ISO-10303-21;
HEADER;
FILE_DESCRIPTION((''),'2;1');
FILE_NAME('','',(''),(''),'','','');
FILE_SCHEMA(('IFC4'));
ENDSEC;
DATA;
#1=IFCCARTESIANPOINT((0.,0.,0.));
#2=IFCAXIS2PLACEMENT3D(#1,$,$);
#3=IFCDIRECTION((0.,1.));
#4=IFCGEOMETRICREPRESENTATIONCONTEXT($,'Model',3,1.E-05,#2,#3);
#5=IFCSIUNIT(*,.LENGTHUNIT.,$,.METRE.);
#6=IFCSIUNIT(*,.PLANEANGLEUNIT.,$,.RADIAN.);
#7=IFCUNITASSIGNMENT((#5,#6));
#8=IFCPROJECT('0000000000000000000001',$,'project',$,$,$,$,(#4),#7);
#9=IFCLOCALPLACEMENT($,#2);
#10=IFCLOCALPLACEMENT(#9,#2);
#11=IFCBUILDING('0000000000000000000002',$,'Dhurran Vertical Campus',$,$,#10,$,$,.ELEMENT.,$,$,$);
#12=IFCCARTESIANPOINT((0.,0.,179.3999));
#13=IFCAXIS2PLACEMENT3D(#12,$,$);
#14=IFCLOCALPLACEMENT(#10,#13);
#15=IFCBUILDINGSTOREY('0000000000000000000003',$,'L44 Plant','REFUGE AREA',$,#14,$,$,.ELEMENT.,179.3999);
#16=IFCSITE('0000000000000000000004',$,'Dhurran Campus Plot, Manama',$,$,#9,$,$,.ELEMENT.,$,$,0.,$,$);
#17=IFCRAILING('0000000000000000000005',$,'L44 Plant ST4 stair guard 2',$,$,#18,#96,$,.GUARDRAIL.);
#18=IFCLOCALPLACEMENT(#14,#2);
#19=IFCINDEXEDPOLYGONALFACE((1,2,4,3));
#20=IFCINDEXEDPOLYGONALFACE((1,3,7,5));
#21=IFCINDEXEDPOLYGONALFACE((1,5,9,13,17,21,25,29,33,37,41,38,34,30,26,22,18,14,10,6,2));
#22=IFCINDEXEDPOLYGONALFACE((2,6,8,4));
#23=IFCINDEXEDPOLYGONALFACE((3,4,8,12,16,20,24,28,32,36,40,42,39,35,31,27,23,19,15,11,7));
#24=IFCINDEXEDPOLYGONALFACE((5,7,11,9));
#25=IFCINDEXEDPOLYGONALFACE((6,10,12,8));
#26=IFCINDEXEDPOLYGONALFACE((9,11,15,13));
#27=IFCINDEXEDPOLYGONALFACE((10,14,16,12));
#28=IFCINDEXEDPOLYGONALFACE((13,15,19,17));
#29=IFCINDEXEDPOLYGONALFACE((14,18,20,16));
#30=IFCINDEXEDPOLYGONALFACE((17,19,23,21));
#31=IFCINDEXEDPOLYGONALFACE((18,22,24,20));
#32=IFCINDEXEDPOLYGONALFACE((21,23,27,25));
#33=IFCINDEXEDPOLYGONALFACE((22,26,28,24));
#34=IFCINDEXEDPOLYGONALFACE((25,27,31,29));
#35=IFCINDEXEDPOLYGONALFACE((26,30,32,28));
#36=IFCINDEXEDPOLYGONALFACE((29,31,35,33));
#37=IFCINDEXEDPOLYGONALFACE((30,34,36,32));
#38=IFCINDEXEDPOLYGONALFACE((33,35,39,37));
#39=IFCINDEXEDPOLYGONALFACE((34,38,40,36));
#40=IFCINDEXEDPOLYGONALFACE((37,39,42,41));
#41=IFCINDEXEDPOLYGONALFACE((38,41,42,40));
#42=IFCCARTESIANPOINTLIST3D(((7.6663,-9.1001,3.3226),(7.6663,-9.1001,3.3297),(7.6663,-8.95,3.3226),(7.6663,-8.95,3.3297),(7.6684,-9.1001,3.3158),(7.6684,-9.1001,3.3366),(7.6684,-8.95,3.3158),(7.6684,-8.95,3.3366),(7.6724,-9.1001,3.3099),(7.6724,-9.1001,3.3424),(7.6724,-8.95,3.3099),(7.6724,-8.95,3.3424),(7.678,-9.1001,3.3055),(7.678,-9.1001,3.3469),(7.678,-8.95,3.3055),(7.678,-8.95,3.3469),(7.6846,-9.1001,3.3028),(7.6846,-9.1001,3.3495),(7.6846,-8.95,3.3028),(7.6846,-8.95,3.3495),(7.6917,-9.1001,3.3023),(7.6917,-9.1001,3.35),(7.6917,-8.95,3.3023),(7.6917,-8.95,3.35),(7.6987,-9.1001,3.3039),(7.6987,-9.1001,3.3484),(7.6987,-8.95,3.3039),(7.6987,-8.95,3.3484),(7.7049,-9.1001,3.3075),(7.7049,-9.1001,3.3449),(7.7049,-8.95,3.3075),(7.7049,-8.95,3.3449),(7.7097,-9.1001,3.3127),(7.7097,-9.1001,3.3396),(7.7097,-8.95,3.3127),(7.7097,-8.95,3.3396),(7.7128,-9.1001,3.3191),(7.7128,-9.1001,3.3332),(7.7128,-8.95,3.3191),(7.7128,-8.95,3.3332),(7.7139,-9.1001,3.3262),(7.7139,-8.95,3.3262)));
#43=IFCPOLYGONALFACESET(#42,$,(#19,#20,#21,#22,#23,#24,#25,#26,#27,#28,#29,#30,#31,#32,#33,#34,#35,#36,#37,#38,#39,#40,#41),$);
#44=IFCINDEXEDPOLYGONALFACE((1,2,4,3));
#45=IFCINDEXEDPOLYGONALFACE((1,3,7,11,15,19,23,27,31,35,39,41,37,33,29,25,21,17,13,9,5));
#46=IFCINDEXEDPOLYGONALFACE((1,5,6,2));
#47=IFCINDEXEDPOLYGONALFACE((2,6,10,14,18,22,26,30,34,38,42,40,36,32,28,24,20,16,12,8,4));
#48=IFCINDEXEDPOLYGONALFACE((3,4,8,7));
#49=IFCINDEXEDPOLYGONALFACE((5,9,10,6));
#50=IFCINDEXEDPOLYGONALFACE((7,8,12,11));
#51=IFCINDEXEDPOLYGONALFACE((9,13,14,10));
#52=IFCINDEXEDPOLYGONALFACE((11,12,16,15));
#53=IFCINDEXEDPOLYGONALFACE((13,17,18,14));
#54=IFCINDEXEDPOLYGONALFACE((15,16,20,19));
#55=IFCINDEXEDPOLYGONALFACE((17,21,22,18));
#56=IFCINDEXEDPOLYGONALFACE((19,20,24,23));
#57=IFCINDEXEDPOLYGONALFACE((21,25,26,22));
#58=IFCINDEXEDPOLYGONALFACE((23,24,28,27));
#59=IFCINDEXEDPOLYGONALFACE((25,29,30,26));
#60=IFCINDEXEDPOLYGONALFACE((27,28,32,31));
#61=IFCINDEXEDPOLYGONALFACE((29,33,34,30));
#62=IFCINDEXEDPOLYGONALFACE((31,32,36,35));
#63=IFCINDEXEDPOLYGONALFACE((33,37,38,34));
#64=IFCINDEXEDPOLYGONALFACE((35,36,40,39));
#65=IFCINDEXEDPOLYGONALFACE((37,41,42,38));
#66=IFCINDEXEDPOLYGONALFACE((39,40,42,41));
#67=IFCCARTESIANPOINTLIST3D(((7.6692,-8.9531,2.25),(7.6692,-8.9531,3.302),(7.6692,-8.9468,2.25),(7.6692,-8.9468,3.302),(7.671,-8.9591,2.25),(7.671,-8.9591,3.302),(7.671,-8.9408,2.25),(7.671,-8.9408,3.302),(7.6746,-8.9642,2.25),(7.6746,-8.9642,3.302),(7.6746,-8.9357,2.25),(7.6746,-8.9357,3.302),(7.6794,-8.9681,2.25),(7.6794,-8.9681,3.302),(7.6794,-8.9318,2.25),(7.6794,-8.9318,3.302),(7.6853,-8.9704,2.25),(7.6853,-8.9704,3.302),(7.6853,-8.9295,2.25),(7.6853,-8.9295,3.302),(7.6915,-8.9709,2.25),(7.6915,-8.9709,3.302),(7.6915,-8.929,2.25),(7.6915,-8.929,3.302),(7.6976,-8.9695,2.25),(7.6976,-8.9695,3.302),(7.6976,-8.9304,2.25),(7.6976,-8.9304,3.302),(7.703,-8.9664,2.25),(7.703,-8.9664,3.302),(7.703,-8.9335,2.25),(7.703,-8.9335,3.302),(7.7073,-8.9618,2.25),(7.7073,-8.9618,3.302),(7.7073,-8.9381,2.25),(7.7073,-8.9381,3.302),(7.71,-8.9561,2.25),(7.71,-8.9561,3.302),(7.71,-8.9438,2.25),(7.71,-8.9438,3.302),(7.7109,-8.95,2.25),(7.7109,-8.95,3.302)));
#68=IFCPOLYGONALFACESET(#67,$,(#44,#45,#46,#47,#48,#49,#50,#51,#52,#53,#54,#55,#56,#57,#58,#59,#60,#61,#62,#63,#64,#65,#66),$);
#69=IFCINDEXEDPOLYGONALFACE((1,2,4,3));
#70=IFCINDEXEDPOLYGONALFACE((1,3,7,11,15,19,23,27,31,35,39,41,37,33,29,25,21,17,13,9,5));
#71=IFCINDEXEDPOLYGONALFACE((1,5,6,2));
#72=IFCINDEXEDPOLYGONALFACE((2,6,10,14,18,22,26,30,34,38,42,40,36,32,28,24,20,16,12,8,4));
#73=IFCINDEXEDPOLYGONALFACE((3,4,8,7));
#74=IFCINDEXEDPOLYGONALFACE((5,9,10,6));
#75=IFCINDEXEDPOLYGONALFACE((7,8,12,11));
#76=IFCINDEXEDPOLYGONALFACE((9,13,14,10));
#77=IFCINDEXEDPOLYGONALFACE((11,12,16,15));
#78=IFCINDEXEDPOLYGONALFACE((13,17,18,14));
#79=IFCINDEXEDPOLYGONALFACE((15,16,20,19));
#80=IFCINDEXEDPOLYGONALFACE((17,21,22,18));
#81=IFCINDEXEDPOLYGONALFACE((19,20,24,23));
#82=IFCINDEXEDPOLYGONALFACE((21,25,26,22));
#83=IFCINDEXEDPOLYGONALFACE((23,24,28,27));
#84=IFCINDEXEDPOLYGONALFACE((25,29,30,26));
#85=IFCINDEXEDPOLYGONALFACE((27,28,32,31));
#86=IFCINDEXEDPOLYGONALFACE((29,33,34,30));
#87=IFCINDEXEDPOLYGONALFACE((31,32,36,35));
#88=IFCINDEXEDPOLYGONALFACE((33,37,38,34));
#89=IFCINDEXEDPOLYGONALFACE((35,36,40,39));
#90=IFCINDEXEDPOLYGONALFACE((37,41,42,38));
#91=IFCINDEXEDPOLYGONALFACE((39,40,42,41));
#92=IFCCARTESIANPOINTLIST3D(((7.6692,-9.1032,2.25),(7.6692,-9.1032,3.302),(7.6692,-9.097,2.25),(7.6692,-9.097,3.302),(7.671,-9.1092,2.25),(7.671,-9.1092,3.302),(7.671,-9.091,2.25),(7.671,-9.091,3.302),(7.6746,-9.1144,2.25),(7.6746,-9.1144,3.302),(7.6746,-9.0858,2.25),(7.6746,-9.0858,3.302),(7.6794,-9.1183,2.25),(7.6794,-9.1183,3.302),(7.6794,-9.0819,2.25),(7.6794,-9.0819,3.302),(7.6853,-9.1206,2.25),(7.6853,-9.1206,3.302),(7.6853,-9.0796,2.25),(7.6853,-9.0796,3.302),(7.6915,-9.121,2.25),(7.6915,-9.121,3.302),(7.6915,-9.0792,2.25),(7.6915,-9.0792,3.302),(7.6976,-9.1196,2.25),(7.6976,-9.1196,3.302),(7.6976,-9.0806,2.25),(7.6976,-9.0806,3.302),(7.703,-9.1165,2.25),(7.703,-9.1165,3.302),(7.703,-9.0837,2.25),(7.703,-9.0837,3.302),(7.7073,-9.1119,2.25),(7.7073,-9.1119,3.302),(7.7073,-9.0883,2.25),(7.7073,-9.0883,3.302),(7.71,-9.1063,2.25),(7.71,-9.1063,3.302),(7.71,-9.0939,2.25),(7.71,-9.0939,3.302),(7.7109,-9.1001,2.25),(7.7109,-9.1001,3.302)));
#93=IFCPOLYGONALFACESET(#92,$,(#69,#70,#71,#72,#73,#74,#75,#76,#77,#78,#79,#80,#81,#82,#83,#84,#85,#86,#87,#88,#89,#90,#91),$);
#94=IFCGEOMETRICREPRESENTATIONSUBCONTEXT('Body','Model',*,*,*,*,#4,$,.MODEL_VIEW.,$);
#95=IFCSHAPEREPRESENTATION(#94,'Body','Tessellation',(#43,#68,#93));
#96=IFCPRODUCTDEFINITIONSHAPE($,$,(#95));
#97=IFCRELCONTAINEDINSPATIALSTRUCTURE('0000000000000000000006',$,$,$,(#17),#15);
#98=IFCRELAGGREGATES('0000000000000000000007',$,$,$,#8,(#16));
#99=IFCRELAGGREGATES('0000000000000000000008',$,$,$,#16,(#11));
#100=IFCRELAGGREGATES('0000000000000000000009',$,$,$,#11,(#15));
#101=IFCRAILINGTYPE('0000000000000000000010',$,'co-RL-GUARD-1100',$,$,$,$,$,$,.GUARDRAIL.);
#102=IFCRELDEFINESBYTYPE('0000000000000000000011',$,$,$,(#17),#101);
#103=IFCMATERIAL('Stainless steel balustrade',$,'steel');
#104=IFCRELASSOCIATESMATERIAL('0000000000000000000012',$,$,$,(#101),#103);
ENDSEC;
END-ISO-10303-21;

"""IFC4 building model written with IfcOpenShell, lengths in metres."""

from ifc_helpers import new_model, si_unit, direction, frame, origin, origin_2d, place, context, subcontext, project, spatial, circle, extrude, material, type_object, element, save


model = new_model("IFC4")

# Units and contexts
model_context = context("Model", 3, precision=1e-05, world=origin(), true_north=direction((0.0, 1.0)))
body_context = subcontext(model_context, "Body", "Model", "MODEL_VIEW")
ifc_project = project(units=[si_unit("LENGTHUNIT", "METRE"), si_unit("PLANEANGLEUNIT", "RADIAN")], contexts=[model_context])

# Site, building, storey
site_placement = place(None, origin())
site = spatial("IfcSite", under=ifc_project, at=site_placement, Name="Dhurran Campus Plot, Manama", CompositionType="ELEMENT", RefElevation=0.0)
building_placement = place(site_placement, origin())
building = spatial("IfcBuilding", under=site, at=building_placement, Name="Dhurran Vertical Campus", CompositionType="ELEMENT")
storey_placement = place(building_placement, frame((0.0, 0.0, 179.3999)))
storey = spatial("IfcBuildingStorey", under=building, at=storey_placement, Name="L44 Plant", Description="REFUGE AREA", CompositionType="ELEMENT", Elevation=179.3999)

# Railing
ifc_material_1 = material(Name="Stainless steel balustrade", Category="steel")
railing_type_1 = type_object("IfcRailingType", Name="co-RL-GUARD-1100", PredefinedType="GUARDRAIL", material=ifc_material_1)
railing_1_placement = place(storey_placement, frame((7.6899, -8.95, 2.25)))
element("IfcRailing", 1, at=railing_1_placement, inside=storey, type_object=railing_type_1, Name="L44 Plant ST4 stair guard 2", PredefinedType="GUARDRAIL", context=body_context, shape_type="SweptSolid", body=[
    extrude(circle(Radius=0.0239, at=origin_2d()), frame((0.0, 0.0, 1.0762), z_axis=(0.0, -1.0, 0.0), x_axis=(1.0, 0.0, 0.0)), (0.0, 0.0, 1.0), 0.1501),
    extrude(circle(Radius=0.021, at=origin_2d()), origin(), (0.0, 0.0, 1.0), 1.052),
    extrude(circle(Radius=0.021, at=origin_2d()), frame((0.0, -0.1501, 0.0)), (0.0, 0.0, 1.0), 1.052),
])

save(model, "model.ifc")
